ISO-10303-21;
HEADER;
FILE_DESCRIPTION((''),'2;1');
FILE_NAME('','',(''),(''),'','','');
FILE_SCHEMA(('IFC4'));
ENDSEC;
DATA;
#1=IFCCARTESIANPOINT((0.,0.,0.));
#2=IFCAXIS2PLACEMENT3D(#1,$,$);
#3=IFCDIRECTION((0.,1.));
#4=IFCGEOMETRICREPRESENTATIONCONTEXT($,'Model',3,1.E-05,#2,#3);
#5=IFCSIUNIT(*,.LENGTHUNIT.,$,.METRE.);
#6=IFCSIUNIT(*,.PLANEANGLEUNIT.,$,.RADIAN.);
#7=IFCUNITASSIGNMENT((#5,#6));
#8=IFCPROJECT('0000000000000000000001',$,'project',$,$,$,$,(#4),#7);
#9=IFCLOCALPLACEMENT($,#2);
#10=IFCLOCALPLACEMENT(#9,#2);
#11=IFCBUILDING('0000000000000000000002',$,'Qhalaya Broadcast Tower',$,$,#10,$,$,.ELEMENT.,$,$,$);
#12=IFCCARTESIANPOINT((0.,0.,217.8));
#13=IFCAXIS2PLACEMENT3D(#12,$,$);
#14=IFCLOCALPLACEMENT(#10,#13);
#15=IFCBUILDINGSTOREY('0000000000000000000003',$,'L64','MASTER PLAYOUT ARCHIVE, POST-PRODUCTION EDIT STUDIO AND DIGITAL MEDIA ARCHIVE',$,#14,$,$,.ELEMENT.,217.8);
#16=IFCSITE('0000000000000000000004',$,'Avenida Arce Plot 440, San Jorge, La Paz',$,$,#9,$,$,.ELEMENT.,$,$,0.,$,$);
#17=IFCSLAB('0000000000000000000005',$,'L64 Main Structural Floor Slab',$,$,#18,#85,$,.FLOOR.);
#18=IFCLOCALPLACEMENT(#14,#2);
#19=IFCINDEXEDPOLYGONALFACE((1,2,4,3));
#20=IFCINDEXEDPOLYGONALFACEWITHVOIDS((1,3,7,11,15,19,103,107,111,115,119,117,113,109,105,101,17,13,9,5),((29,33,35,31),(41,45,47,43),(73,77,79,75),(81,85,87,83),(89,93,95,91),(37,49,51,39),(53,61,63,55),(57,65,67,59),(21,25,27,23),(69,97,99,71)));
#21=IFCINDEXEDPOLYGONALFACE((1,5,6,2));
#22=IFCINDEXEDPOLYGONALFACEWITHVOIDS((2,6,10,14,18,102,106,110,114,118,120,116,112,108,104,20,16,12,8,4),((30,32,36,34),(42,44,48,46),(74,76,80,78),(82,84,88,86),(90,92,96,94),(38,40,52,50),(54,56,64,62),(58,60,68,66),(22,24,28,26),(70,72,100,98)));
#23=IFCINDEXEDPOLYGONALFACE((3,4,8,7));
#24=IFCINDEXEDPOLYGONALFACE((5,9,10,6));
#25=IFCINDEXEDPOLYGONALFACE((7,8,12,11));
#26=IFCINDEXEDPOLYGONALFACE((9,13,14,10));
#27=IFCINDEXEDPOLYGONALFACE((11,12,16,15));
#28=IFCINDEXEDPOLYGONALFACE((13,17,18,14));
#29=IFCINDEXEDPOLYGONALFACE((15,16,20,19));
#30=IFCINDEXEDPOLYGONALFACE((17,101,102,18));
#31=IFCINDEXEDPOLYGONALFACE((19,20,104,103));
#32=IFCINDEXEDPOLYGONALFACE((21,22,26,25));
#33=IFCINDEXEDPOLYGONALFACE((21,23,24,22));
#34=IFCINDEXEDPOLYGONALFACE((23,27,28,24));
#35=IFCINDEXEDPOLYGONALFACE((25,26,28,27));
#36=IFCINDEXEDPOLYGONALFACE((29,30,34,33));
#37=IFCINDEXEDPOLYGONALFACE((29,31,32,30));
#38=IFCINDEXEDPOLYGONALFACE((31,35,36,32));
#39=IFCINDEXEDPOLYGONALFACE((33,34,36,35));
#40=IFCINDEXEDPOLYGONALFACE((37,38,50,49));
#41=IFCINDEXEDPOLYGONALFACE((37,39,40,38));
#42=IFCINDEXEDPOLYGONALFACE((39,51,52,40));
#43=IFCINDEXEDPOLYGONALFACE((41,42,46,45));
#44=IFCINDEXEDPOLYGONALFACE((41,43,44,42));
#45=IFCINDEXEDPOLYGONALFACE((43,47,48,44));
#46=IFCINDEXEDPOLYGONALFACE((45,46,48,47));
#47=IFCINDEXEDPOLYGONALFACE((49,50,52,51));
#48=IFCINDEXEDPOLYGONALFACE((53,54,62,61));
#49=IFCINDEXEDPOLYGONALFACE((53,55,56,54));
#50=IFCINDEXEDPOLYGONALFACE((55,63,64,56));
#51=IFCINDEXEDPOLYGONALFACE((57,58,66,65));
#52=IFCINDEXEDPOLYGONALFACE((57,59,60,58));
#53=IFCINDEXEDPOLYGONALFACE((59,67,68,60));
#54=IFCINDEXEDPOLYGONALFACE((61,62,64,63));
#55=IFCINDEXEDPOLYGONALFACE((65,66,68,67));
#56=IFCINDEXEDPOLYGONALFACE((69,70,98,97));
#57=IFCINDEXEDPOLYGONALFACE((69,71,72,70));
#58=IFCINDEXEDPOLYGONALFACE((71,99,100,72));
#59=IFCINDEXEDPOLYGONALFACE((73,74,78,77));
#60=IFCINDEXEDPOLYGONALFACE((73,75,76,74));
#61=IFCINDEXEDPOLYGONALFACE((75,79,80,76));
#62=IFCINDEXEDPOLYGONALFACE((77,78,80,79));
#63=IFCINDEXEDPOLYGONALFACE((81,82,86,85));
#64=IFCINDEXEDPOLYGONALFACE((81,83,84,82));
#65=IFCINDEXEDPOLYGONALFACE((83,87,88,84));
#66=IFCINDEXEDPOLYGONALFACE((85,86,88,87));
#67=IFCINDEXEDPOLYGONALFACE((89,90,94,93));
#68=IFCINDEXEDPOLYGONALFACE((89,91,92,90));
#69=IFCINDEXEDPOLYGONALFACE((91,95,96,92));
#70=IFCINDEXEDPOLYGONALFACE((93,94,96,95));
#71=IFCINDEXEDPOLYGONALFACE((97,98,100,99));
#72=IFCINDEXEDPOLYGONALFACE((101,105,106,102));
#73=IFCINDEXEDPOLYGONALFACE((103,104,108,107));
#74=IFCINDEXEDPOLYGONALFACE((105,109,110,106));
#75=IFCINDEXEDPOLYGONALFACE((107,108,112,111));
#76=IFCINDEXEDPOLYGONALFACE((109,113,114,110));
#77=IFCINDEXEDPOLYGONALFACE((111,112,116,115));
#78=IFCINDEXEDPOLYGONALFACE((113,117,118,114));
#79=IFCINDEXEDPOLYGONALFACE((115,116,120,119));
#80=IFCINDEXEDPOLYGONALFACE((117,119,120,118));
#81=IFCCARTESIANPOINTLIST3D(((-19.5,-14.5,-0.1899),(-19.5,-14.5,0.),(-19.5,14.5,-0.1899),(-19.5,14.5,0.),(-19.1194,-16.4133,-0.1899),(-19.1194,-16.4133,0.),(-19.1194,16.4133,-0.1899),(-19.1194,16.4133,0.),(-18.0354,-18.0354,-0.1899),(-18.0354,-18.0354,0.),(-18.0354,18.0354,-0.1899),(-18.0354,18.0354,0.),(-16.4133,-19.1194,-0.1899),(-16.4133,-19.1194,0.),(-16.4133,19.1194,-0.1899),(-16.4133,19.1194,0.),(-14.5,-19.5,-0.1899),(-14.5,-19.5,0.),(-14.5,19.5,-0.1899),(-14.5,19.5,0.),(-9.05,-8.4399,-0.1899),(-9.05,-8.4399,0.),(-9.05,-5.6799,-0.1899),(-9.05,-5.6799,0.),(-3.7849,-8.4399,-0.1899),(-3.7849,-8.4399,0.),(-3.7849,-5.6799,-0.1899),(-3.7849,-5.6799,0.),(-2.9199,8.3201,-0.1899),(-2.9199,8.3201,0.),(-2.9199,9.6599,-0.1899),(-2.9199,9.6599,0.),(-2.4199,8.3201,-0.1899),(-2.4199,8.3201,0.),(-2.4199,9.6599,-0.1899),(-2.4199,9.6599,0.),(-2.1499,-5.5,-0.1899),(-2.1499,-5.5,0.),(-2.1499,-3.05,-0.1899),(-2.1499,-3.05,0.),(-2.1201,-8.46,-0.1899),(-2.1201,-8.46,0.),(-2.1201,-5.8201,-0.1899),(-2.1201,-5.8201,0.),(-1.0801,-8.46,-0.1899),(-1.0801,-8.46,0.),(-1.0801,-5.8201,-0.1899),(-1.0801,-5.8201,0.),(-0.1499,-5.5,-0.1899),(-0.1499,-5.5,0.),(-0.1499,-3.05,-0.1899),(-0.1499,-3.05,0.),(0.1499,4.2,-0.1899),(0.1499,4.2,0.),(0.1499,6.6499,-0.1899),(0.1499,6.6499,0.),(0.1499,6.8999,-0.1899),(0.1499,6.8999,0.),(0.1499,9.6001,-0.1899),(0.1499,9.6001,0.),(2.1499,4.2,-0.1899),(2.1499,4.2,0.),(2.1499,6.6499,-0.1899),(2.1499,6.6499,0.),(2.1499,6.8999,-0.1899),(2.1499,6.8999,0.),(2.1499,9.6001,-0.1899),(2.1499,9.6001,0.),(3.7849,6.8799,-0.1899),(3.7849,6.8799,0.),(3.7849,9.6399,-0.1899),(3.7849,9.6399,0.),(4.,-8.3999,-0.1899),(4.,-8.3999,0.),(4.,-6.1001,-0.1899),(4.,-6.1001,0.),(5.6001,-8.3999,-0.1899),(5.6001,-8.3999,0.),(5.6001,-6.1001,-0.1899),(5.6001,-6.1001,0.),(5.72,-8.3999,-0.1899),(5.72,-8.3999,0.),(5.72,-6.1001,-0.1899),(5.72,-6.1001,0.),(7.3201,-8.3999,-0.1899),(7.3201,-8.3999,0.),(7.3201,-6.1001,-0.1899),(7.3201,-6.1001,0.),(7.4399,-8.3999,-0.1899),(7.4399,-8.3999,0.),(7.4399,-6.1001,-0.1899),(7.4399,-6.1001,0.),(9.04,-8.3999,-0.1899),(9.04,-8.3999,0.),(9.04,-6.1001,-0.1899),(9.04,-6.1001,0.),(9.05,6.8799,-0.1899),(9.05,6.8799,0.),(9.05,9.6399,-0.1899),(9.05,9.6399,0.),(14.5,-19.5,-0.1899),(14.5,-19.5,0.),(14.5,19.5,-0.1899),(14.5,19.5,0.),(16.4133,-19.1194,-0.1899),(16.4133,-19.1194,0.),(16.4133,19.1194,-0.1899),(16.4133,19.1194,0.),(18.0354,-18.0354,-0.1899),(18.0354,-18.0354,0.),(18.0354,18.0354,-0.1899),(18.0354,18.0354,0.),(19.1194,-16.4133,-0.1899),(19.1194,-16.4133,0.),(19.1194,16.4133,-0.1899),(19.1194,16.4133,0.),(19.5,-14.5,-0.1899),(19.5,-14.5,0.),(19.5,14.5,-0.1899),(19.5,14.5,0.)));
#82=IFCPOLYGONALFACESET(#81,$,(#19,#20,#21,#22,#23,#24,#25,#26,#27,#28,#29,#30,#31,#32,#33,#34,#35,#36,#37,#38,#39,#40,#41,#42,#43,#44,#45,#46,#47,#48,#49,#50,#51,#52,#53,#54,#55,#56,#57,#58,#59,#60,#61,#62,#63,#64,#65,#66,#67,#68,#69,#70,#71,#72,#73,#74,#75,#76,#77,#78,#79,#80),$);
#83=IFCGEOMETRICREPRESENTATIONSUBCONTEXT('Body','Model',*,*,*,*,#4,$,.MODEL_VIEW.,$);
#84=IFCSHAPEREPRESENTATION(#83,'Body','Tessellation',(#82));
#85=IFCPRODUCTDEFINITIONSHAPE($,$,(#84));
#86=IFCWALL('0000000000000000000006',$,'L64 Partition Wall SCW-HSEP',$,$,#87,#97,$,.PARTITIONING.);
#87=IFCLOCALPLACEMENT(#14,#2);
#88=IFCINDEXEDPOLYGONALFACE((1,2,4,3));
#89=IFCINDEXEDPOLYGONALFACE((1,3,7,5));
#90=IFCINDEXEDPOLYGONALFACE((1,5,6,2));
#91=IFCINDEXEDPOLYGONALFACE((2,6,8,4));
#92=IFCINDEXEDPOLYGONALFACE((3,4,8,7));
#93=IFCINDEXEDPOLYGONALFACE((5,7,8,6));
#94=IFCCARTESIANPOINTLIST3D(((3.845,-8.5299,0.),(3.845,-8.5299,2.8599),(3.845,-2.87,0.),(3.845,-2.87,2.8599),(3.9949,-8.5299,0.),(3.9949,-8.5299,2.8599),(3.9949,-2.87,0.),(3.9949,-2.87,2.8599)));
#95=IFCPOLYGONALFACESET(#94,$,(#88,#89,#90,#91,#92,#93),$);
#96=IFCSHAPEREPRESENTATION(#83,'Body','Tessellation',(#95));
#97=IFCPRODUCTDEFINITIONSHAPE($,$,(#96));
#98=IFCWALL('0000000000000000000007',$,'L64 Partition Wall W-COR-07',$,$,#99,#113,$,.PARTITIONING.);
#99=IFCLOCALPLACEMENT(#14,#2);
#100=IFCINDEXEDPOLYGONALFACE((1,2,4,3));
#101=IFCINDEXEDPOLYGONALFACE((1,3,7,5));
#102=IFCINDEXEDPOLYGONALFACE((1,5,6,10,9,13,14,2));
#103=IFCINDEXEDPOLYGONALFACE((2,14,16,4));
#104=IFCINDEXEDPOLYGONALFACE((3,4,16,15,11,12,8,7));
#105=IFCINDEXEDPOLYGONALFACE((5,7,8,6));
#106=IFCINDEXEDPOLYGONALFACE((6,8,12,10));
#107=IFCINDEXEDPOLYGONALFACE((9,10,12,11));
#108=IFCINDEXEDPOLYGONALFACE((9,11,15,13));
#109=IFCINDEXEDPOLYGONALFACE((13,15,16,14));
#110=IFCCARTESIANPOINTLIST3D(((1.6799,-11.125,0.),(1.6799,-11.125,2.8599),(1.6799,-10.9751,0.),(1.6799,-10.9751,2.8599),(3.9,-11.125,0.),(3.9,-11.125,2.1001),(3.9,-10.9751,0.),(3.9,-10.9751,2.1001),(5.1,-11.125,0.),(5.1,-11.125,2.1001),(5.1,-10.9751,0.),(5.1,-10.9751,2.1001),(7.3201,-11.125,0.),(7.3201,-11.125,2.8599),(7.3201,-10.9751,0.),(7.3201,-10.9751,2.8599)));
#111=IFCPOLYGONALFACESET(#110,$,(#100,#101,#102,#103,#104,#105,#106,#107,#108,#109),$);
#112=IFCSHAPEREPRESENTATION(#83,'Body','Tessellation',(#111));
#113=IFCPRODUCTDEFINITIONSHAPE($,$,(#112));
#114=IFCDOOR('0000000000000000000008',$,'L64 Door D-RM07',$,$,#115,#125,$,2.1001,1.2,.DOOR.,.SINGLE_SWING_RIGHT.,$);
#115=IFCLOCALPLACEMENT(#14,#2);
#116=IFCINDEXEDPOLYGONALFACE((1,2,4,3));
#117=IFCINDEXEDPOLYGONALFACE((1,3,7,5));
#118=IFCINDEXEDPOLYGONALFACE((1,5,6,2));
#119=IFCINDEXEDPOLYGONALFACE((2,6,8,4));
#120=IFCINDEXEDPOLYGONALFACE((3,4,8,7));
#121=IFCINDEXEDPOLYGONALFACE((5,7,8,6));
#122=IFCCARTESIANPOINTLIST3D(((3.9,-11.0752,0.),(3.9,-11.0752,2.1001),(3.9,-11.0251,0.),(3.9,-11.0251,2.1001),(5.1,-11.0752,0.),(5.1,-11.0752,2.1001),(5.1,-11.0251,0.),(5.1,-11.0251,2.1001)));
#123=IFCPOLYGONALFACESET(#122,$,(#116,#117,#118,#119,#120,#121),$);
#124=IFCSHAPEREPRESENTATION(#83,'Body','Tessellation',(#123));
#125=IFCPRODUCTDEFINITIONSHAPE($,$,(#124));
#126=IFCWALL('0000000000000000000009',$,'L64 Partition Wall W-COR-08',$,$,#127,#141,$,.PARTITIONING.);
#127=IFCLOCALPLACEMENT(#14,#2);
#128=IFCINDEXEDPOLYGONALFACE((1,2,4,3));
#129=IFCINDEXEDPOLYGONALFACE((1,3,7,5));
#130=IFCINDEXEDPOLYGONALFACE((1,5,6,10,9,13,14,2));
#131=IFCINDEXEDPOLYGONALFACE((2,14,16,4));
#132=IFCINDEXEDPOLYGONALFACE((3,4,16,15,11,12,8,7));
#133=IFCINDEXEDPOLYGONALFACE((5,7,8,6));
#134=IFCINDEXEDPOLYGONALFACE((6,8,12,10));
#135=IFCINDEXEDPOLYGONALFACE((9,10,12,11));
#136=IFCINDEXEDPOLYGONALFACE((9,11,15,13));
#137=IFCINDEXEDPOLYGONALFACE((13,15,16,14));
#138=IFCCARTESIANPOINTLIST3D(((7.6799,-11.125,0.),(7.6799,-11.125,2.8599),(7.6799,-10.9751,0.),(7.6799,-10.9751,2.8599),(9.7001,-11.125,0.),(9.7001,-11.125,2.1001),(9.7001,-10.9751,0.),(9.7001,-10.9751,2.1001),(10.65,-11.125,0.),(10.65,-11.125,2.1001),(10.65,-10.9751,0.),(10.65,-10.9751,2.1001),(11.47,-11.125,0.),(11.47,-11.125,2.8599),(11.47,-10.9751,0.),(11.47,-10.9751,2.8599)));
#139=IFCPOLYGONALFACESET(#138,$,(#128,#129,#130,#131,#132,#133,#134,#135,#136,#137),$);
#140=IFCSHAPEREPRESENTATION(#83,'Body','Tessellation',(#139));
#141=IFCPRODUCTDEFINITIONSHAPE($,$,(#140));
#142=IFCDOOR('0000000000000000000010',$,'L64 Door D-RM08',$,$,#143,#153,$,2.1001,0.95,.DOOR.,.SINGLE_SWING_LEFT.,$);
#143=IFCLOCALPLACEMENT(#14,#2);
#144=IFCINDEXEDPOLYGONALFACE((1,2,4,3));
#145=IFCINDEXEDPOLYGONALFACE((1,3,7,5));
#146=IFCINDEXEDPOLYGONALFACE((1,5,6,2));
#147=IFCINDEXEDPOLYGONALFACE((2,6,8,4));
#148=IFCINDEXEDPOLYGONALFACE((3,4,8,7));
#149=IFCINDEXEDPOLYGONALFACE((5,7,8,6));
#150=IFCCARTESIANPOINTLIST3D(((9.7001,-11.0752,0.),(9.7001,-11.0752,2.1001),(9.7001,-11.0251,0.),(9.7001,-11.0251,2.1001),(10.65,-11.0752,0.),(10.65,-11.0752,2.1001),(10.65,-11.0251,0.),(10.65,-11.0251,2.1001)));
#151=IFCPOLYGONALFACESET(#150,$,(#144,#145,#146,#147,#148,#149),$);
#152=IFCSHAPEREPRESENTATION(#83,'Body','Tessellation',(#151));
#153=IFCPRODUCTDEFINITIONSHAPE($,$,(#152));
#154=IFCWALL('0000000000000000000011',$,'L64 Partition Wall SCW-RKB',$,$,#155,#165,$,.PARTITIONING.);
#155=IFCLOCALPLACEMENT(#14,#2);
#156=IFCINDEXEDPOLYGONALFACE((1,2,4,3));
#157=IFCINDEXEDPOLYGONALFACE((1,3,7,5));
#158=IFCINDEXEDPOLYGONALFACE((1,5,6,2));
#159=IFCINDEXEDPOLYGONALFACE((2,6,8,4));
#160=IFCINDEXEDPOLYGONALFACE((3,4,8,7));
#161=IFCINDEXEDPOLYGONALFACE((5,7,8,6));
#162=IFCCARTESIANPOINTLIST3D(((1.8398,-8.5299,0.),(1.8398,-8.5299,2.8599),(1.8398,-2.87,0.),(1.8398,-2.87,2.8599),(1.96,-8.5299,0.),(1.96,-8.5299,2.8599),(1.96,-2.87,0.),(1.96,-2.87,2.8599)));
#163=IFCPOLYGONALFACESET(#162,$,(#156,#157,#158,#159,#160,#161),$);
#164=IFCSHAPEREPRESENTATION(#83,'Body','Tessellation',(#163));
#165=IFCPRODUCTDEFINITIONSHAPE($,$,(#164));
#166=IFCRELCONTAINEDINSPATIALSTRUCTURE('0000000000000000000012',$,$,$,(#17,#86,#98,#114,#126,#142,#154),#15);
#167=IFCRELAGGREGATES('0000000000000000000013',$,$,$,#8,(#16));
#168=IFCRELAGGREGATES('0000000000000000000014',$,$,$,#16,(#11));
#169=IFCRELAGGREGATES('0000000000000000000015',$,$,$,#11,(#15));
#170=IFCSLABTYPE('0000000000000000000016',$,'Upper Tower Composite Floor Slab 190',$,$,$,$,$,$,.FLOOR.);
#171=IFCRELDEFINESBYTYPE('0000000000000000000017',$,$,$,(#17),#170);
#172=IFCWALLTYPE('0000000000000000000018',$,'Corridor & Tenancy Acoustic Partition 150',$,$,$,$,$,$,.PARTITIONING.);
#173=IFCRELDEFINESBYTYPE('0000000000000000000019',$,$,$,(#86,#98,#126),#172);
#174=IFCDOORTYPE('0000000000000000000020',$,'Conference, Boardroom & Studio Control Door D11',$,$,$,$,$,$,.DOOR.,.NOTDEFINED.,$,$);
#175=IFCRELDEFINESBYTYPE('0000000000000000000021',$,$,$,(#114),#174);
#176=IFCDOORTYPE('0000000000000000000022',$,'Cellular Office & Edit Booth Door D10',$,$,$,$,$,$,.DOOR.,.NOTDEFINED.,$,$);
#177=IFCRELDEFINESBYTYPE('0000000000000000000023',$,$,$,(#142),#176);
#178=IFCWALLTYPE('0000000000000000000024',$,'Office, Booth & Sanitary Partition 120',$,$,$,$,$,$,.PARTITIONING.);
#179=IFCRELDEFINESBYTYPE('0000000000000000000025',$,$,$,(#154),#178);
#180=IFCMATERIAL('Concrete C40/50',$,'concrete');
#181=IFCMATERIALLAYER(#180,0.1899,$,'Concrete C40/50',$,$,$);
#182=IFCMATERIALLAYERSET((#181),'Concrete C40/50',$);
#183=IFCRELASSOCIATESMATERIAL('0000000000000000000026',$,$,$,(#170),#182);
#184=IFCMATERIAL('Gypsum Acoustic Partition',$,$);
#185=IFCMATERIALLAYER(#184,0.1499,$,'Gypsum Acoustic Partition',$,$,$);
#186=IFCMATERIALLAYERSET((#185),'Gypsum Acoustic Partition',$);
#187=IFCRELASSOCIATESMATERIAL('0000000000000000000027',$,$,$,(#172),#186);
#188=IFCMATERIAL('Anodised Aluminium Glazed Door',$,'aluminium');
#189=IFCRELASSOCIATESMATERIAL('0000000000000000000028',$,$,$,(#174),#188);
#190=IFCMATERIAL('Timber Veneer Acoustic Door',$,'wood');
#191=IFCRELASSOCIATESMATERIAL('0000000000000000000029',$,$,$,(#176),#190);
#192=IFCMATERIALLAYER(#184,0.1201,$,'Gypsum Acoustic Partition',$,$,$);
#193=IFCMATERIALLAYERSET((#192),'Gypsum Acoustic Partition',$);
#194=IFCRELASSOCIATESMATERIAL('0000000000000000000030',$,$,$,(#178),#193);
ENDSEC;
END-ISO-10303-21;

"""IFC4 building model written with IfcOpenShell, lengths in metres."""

from ifc_helpers import new_model, si_unit, direction, frame, frame_2d, origin, place, context, subcontext, project, spatial, polyline, rectangle, outline, extrude, material, layer, layer_set, type_object, element, fill, save


model = new_model("IFC4")

# Units and contexts
model_context = context("Model", 3, precision=1e-05, world=origin(), true_north=direction((0.0, 1.0)))
body_context = subcontext(model_context, "Body", "Model", "MODEL_VIEW")
ifc_project = project(units=[si_unit("LENGTHUNIT", "METRE"), si_unit("PLANEANGLEUNIT", "RADIAN")], contexts=[model_context])

# Site, building, storey
site_placement = place(None, origin())
site = spatial("IfcSite", under=ifc_project, at=site_placement, Name="Avenida Arce Plot 440, San Jorge, La Paz", CompositionType="ELEMENT", RefElevation=0.0)
building_placement = place(site_placement, origin())
building = spatial("IfcBuilding", under=site, at=building_placement, Name="Qhalaya Broadcast Tower", CompositionType="ELEMENT")
storey_placement = place(building_placement, frame((0.0, 0.0, 217.8)))
storey = spatial("IfcBuildingStorey", under=building, at=storey_placement, Name="L64", Description="MASTER PLAYOUT ARCHIVE, POST-PRODUCTION EDIT STUDIO AND DIGITAL MEDIA ARCHIVE", CompositionType="ELEMENT", Elevation=217.8)

# Shared definitions
ifc_material_1 = material(Name="Concrete C40/50", Category="concrete")

# Slab
ifc_layer_1 = layer(ifc_material_1, 0.1899, Name="Concrete C40/50")
ifc_layer_set_1 = layer_set([ifc_layer_1], Name="Concrete C40/50")
slab_type_1 = type_object("IfcSlabType", Name="Upper Tower Composite Floor Slab 190", PredefinedType="FLOOR", material=ifc_layer_set_1)
slab_1_placement = place(storey_placement, frame((0.0, 0.0, -0.1899)))
element("IfcSlab", 1, at=slab_1_placement, inside=storey, type_object=slab_type_1, Name="L64 Main Structural Floor Slab", PredefinedType="FLOOR", context=body_context, shape_type="SweptSolid", body=[
    extrude(outline(polyline([(14.5, -19.5), (16.4133, -19.1194), (18.0354, -18.0354), (19.1194, -16.4133), (19.5, -14.5), (19.5, 14.5), (19.1194, 16.4133), (18.0354, 18.0354), (16.4133, 19.1194), (14.5, 19.5), (-14.5, 19.5), (-16.4133, 19.1194), (-18.0354, 18.0354), (-19.1194, 16.4133), (-19.5, 14.5), (-19.5, -14.5), (-19.1194, -16.4133), (-18.0354, -18.0354), (-16.4133, -19.1194), (-14.5, -19.5), (14.5, -19.5)]), holes=[polyline([(3.7849, 9.6399), (9.05, 9.6399), (9.05, 6.8799), (3.7849, 6.8799), (3.7849, 9.6399)]), polyline([(-3.7849, -8.4399), (-9.05, -8.4399), (-9.05, -5.6799), (-3.7849, -5.6799), (-3.7849, -8.4399)]), polyline([(0.1499, 6.6499), (2.1499, 6.6499), (2.1499, 4.2), (0.1499, 4.2), (0.1499, 6.6499)]), polyline([(0.1499, 9.6001), (2.1499, 9.6001), (2.1499, 6.8999), (0.1499, 6.8999), (0.1499, 9.6001)]), polyline([(-2.1499, -3.05), (-0.1499, -3.05), (-0.1499, -5.5), (-2.1499, -5.5), (-2.1499, -3.05)]), polyline([(4.0, -6.1001), (5.6001, -6.1001), (5.6001, -8.3999), (4.0, -8.3999), (4.0, -6.1001)]), polyline([(5.72, -6.1001), (7.3201, -6.1001), (7.3201, -8.3999), (5.72, -8.3999), (5.72, -6.1001)]), polyline([(7.4399, -6.1001), (9.04, -6.1001), (9.04, -8.3999), (7.4399, -8.3999), (7.4399, -6.1001)]), polyline([(-2.9199, 9.6599), (-2.4199, 9.6599), (-2.4199, 8.3201), (-2.9199, 8.3201), (-2.9199, 9.6599)]), polyline([(-2.1201, -5.8201), (-1.0801, -5.8201), (-1.0801, -8.46), (-2.1201, -8.46), (-2.1201, -5.8201)])]), origin(), (0.0, 0.0, 1.0), 0.1899),
])

# Wall
ifc_material_2 = material(Name="Gypsum Acoustic Partition")
ifc_layer_2 = layer(ifc_material_2, 0.1499, Name="Gypsum Acoustic Partition")
ifc_layer_set_2 = layer_set([ifc_layer_2], Name="Gypsum Acoustic Partition")
wall_type_1 = type_object("IfcWallType", Name="Corridor & Tenancy Acoustic Partition 150", PredefinedType="PARTITIONING", material=ifc_layer_set_2)
wall_1_placement = place(storey_placement, frame((3.9199, -8.53, 0.0), z_axis=(0.0, 0.0, 1.0), x_axis=(0.0, 1.0, 0.0)))
element("IfcWall", 2, at=wall_1_placement, inside=storey, type_object=wall_type_1, Name="L64 Partition Wall SCW-HSEP", PredefinedType="PARTITIONING", context=body_context, shape_type="SweptSolid", body=[
    extrude(rectangle(XDim=5.6599, YDim=0.1499, at=frame_2d((2.8301, 0.0))), origin(), (0.0, 0.0, 1.0), 2.8599),
])

# Walls, openings, doors
wall_2_placement = place(storey_placement, frame((1.6799, -11.05, 0.0), z_axis=(0.0, 0.0, 1.0), x_axis=(1.0, 0.0, 0.0)))
wall_2 = element("IfcWall", 3, at=wall_2_placement, inside=storey, type_object=wall_type_1, Name="L64 Partition Wall W-COR-07", PredefinedType="PARTITIONING", context=body_context, shape_type="SweptSolid", body=[
    extrude(rectangle(XDim=5.6401, YDim=0.1499, at=frame_2d((2.8201, 0.0))), origin(), (0.0, 0.0, 1.0), 2.8599),
])
opening_1_placement = place(wall_2_placement, frame((2.22, 0.0, 0.0)))
opening_1 = element("IfcOpeningElement", 4, at=opening_1_placement, cuts=wall_2, PredefinedType="OPENING", context=body_context, shape_type="SweptSolid", body=[
    extrude(rectangle(XDim=1.2, YDim=2.1001, at=frame_2d((0.6001, 1.05))), frame((0.0, 0.0869, 0.0), z_axis=(0.0, -1.0, 0.0), x_axis=(1.0, 0.0, 0.0)), (0.0, 0.0, 1.0), 0.1738),
])
ifc_material_3 = material(Name="Anodised Aluminium Glazed Door", Category="aluminium")
door_type_1 = type_object("IfcDoorType", Name="Conference, Boardroom & Studio Control Door D11", OperationType="NOTDEFINED", PredefinedType="DOOR", material=ifc_material_3)
door_1_placement = place(opening_1_placement, origin())
door_1 = element("IfcDoor", 5, at=door_1_placement, inside=storey, type_object=door_type_1, Name="L64 Door D-RM07", OperationType="SINGLE_SWING_RIGHT", OverallHeight=2.1001, OverallWidth=1.2, PredefinedType="DOOR", context=body_context, shape_type="SweptSolid", body=[
    extrude(rectangle(XDim=1.2, YDim=2.1001, at=frame_2d((0.6001, 1.05))), frame((0.0, 0.0249, 0.0), z_axis=(0.0, -1.0, 0.0), x_axis=(1.0, 0.0, 0.0)), (0.0, 0.0, 1.0), 0.05),
])
fill(opening_1, door_1)
wall_3_placement = place(storey_placement, frame((7.6799, -11.05, 0.0), z_axis=(0.0, 0.0, 1.0), x_axis=(1.0, 0.0, 0.0)))
wall_3 = element("IfcWall", 6, at=wall_3_placement, inside=storey, type_object=wall_type_1, Name="L64 Partition Wall W-COR-08", PredefinedType="PARTITIONING", context=body_context, shape_type="SweptSolid", body=[
    extrude(rectangle(XDim=3.79, YDim=0.1499, at=frame_2d((1.895, 0.0))), origin(), (0.0, 0.0, 1.0), 2.8599),
])
opening_2_placement = place(wall_3_placement, frame((2.02, 0.0, 0.0)))
opening_2 = element("IfcOpeningElement", 7, at=opening_2_placement, cuts=wall_3, PredefinedType="OPENING", context=body_context, shape_type="SweptSolid", body=[
    extrude(rectangle(XDim=0.95, YDim=2.1001, at=frame_2d((0.4751, 1.05))), frame((0.0, 0.0869, 0.0), z_axis=(0.0, -1.0, 0.0), x_axis=(1.0, 0.0, 0.0)), (0.0, 0.0, 1.0), 0.1738),
])
ifc_material_4 = material(Name="Timber Veneer Acoustic Door", Category="wood")
door_type_2 = type_object("IfcDoorType", Name="Cellular Office & Edit Booth Door D10", OperationType="NOTDEFINED", PredefinedType="DOOR", material=ifc_material_4)
door_2_placement = place(opening_2_placement, origin())
door_2 = element("IfcDoor", 8, at=door_2_placement, inside=storey, type_object=door_type_2, Name="L64 Door D-RM08", OperationType="SINGLE_SWING_LEFT", OverallHeight=2.1001, OverallWidth=0.95, PredefinedType="DOOR", context=body_context, shape_type="SweptSolid", body=[
    extrude(rectangle(XDim=0.95, YDim=2.1001, at=frame_2d((0.4751, 1.05))), frame((0.0, 0.0249, 0.0), z_axis=(0.0, -1.0, 0.0), x_axis=(1.0, 0.0, 0.0)), (0.0, 0.0, 1.0), 0.05),
])
fill(opening_2, door_2)

# Wall
ifc_layer_3 = layer(ifc_material_2, 0.1201, Name="Gypsum Acoustic Partition")
ifc_layer_set_3 = layer_set([ifc_layer_3], Name="Gypsum Acoustic Partition")
wall_type_2 = type_object("IfcWallType", Name="Office, Booth & Sanitary Partition 120", PredefinedType="PARTITIONING", material=ifc_layer_set_3)
wall_4_placement = place(storey_placement, frame((1.8999, -8.53, 0.0), z_axis=(0.0, 0.0, 1.0), x_axis=(0.0, 1.0, 0.0)))
element("IfcWall", 9, at=wall_4_placement, inside=storey, type_object=wall_type_2, Name="L64 Partition Wall SCW-RKB", PredefinedType="PARTITIONING", context=body_context, shape_type="SweptSolid", body=[
    extrude(rectangle(XDim=5.6599, YDim=0.1201, at=frame_2d((2.8301, 0.0))), origin(), (0.0, 0.0, 1.0), 2.8599),
])

save(model, "model.ifc")
